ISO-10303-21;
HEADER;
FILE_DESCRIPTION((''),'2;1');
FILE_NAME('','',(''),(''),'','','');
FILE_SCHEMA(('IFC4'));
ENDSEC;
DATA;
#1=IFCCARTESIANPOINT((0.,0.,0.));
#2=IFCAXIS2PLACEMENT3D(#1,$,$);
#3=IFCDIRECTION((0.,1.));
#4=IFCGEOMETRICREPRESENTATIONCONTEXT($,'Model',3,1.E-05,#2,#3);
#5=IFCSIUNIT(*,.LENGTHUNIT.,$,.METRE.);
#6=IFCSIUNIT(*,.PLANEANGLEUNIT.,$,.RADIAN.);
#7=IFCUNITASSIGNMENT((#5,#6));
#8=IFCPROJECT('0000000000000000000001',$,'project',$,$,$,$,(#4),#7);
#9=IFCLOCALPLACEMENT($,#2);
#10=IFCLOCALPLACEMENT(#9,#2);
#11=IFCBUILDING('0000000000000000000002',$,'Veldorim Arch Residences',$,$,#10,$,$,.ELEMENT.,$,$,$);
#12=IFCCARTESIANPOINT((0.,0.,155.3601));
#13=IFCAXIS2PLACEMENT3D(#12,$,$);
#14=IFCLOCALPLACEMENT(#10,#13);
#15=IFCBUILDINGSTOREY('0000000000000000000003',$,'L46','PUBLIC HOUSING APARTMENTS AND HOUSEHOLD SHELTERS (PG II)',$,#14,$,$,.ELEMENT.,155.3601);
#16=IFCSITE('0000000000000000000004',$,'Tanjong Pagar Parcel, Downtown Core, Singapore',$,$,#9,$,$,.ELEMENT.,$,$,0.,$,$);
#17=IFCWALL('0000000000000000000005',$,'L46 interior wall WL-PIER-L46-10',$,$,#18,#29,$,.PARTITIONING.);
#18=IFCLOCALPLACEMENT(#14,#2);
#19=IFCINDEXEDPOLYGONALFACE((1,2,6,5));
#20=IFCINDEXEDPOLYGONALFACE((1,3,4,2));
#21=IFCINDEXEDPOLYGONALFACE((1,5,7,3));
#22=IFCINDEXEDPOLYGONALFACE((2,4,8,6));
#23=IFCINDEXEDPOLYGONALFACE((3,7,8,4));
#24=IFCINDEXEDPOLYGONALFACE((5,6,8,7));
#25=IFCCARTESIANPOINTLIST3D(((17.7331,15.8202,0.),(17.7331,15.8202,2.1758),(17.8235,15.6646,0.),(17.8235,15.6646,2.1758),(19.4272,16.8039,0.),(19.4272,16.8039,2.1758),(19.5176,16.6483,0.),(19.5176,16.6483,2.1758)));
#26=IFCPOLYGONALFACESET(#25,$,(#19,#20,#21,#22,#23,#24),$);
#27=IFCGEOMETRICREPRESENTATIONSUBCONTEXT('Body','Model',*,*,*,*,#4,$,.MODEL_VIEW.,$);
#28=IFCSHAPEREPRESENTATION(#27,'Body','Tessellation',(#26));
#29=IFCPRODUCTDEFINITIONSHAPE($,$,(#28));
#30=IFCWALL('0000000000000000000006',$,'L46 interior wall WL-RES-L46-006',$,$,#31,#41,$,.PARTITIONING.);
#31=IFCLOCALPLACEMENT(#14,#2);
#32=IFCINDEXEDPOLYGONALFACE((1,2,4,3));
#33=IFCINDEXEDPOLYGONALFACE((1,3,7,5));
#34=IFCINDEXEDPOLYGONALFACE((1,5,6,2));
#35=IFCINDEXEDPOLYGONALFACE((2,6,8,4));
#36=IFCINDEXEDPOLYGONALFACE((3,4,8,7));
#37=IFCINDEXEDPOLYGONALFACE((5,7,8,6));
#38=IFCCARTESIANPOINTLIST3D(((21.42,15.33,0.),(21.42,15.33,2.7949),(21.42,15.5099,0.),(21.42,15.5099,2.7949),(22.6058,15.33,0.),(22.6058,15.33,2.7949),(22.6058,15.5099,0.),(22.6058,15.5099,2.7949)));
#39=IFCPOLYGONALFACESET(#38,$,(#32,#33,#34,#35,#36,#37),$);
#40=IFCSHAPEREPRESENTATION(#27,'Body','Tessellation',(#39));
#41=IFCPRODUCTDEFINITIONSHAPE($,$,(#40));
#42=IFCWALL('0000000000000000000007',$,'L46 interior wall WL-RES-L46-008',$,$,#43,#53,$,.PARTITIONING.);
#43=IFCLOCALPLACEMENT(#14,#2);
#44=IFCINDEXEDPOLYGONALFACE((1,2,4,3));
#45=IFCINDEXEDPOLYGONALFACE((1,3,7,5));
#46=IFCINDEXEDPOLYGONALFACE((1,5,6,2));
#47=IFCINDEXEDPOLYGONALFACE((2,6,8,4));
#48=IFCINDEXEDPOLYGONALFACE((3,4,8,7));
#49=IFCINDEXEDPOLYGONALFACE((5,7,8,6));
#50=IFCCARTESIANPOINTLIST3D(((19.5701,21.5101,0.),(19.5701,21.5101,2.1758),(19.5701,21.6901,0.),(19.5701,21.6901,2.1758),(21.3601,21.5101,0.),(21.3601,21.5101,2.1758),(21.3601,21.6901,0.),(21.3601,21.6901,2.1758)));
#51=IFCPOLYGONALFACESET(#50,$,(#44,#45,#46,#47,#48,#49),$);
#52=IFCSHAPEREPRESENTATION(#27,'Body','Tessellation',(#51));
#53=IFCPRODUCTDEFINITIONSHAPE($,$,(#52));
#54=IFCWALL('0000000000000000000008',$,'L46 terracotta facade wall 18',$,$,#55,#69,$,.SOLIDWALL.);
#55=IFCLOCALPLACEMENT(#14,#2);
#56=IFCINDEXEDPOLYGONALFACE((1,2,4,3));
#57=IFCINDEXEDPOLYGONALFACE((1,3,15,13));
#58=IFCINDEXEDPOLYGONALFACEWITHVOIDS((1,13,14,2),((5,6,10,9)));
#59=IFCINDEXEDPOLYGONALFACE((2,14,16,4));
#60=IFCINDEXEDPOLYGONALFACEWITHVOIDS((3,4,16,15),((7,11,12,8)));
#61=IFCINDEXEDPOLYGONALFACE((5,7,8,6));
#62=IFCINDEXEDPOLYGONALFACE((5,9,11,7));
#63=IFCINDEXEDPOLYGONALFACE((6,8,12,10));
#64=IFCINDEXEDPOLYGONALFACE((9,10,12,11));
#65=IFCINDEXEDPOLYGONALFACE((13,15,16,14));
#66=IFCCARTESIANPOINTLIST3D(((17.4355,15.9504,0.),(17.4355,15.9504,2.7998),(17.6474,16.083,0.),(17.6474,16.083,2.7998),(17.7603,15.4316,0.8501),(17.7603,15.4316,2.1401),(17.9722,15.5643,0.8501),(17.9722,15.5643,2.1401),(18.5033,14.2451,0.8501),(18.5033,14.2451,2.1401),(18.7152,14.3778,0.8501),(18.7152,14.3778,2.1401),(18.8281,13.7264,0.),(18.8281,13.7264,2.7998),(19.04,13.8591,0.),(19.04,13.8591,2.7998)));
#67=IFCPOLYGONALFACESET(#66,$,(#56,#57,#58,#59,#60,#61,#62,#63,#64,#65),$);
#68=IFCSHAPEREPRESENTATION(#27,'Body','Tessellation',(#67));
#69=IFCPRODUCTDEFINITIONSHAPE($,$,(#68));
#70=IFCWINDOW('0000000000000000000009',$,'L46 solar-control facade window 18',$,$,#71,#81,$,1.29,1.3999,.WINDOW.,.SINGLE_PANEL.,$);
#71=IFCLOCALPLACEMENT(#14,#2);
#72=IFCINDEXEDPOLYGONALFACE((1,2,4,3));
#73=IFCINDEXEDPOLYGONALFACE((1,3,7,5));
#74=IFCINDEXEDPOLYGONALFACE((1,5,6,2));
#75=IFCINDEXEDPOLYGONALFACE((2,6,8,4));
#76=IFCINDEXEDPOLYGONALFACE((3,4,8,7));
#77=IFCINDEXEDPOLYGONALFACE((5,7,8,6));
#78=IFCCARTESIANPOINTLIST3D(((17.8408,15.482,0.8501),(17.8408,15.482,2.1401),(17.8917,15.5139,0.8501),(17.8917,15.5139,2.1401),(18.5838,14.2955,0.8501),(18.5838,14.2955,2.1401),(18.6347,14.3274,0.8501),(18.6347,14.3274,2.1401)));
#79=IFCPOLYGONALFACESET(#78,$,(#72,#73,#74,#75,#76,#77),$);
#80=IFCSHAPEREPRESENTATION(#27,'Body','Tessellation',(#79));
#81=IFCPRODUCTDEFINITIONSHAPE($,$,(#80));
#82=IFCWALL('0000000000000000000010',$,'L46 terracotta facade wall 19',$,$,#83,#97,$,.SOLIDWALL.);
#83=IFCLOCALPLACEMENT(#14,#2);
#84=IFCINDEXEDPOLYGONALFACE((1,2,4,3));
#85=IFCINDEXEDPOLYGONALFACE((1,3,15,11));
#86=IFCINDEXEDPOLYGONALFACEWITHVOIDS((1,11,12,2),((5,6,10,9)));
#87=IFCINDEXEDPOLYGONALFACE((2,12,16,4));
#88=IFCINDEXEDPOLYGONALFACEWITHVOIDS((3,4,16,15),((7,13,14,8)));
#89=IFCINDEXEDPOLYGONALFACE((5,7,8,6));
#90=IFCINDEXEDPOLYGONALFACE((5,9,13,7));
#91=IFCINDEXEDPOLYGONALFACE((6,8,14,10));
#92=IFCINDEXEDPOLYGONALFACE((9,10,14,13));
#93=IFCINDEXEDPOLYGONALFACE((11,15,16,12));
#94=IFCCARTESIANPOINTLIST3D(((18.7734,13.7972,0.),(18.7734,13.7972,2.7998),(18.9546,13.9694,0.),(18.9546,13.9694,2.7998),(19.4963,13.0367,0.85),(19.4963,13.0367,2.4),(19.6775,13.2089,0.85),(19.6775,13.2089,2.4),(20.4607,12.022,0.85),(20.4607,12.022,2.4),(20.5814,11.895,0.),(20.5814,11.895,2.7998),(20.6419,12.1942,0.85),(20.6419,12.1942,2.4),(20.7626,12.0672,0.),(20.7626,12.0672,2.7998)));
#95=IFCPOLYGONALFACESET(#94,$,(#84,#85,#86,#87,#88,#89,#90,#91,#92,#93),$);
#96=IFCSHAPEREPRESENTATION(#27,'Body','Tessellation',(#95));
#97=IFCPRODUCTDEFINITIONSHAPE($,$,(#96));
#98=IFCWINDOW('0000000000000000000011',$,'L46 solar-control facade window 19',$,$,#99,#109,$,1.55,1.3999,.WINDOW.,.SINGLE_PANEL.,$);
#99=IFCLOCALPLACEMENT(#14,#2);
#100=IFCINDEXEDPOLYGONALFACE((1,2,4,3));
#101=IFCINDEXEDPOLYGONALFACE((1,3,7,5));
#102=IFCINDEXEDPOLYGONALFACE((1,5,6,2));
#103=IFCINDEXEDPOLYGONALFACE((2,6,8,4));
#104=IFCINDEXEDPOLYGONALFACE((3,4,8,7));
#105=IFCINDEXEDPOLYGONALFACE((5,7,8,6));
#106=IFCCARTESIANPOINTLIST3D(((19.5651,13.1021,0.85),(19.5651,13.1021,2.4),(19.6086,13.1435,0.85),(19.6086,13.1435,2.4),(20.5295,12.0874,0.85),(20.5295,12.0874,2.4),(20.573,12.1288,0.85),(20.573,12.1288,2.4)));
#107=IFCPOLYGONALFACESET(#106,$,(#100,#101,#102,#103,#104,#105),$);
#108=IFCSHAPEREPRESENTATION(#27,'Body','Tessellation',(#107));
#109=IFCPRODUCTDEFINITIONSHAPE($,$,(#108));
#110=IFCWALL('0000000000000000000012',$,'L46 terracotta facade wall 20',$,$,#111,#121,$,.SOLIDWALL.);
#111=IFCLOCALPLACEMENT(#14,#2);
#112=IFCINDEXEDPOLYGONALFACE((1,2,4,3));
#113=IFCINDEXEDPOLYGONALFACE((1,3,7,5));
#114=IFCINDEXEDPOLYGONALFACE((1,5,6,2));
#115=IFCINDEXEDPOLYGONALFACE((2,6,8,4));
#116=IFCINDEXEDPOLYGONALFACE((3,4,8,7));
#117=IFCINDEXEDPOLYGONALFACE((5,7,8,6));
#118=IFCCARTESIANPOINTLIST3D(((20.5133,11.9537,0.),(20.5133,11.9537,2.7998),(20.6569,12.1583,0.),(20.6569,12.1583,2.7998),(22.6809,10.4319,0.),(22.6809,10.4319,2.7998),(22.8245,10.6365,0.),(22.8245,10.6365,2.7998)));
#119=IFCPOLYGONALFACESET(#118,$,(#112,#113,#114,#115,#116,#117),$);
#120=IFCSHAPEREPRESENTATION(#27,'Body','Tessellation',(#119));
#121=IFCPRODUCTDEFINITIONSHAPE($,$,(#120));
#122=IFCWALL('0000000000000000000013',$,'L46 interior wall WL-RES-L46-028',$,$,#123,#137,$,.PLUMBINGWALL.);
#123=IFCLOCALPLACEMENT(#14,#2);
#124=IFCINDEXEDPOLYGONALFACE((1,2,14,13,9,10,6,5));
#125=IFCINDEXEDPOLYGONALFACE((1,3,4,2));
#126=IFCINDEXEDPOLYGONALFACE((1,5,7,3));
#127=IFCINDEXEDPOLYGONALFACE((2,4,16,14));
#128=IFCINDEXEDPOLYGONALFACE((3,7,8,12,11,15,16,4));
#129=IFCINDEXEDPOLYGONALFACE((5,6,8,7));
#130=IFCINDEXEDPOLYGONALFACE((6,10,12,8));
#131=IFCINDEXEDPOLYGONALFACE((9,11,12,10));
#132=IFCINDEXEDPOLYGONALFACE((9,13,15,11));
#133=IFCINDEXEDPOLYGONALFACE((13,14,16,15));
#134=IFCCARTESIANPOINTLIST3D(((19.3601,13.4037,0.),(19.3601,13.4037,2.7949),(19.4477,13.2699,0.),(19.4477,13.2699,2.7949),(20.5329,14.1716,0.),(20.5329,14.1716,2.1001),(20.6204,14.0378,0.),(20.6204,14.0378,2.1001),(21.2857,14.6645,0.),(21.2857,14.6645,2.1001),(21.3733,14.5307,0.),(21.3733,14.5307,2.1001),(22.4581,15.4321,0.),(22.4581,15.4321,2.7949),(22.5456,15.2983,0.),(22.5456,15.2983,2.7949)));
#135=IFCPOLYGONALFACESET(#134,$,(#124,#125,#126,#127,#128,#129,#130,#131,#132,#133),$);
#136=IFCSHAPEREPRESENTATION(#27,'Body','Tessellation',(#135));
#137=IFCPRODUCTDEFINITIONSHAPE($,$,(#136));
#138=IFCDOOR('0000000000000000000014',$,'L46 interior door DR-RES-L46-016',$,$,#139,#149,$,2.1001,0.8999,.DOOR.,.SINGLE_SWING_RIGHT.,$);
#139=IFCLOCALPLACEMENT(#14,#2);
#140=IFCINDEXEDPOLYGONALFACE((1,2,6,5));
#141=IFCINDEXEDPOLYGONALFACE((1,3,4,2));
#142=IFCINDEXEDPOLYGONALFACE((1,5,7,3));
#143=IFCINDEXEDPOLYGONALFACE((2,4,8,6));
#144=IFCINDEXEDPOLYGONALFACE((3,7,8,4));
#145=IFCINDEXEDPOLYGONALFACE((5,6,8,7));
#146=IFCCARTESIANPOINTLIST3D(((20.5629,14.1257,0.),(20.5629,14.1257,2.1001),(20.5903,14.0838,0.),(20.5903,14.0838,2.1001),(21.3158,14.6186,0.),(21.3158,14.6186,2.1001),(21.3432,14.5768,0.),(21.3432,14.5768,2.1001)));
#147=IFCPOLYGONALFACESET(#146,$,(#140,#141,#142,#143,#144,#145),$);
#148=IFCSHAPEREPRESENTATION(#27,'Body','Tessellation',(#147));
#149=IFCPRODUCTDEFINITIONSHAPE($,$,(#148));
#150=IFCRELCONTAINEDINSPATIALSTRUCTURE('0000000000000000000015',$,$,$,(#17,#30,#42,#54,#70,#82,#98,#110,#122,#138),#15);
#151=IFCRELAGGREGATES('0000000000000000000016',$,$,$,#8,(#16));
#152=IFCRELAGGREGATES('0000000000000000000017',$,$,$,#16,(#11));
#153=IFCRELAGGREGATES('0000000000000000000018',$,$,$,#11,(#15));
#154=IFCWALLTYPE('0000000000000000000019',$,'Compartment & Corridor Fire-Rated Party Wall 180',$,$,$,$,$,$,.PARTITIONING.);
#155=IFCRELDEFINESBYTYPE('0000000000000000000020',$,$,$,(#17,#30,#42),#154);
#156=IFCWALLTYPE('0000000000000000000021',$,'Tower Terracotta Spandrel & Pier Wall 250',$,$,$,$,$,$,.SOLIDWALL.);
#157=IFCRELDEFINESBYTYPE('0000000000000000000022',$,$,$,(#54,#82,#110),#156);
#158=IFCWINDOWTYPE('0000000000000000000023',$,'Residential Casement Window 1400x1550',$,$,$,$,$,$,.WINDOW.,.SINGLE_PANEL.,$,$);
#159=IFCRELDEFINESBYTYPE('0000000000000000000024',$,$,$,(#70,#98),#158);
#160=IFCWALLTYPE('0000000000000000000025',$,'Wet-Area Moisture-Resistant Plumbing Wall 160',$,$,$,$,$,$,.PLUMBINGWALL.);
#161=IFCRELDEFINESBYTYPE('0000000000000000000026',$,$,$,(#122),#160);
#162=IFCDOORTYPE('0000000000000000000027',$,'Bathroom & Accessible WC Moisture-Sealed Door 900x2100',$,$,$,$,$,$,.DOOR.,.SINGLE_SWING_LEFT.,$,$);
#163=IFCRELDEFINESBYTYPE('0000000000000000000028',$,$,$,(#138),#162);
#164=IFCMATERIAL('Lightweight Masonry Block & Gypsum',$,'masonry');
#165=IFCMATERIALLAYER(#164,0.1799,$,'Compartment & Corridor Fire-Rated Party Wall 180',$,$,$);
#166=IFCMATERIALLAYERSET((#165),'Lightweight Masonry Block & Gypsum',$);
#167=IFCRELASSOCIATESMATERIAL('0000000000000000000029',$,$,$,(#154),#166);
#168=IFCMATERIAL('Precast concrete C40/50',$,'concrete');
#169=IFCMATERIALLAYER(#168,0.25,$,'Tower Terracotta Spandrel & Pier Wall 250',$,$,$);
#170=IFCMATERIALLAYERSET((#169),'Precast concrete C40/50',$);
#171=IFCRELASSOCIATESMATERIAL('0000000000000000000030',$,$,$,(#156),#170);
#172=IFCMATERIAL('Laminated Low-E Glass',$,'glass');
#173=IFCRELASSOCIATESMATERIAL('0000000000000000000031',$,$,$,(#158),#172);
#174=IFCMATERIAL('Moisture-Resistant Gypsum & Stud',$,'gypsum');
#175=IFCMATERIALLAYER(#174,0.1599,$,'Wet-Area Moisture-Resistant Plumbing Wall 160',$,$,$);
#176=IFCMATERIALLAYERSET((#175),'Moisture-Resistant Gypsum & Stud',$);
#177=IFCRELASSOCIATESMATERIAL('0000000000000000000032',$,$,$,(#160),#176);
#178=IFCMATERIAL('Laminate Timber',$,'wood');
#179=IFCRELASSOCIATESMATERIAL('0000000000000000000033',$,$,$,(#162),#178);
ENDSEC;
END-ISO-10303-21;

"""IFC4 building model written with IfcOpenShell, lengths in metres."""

from ifc_helpers import new_model, si_unit, direction, frame, frame_2d, origin, place, context, subcontext, project, spatial, rectangle, extrude, material, layer, layer_set, type_object, element, fill, save


model = new_model("IFC4")

# Units and contexts
model_context = context("Model", 3, precision=1e-05, world=origin(), true_north=direction((0.0, 1.0)))
body_context = subcontext(model_context, "Body", "Model", "MODEL_VIEW")
ifc_project = project(units=[si_unit("LENGTHUNIT", "METRE"), si_unit("PLANEANGLEUNIT", "RADIAN")], contexts=[model_context])

# Site, building, storey
site_placement = place(None, origin())
site = spatial("IfcSite", under=ifc_project, at=site_placement, Name="Tanjong Pagar Parcel, Downtown Core, Singapore", CompositionType="ELEMENT", RefElevation=0.0)
building_placement = place(site_placement, origin())
building = spatial("IfcBuilding", under=site, at=building_placement, Name="Veldorim Arch Residences", CompositionType="ELEMENT")
storey_placement = place(building_placement, frame((0.0, 0.0, 155.3601)))
storey = spatial("IfcBuildingStorey", under=building, at=storey_placement, Name="L46", Description="PUBLIC HOUSING APARTMENTS AND HOUSEHOLD SHELTERS (PG II)", CompositionType="ELEMENT", Elevation=155.3601)

# Walls
ifc_material_1 = material(Name="Lightweight Masonry Block & Gypsum", Category="masonry")
ifc_layer_1 = layer(ifc_material_1, 0.1799, Name="Compartment & Corridor Fire-Rated Party Wall 180")
ifc_layer_set_1 = layer_set([ifc_layer_1], Name="Lightweight Masonry Block & Gypsum")
wall_type_1 = type_object("IfcWallType", Name="Compartment & Corridor Fire-Rated Party Wall 180", PredefinedType="PARTITIONING", material=ifc_layer_set_1)
wall_1_placement = place(storey_placement, frame((19.4724, 16.7261, 0.0), z_axis=(0.0, 0.0, 1.0), x_axis=(-0.864794, -0.502126, 0.0)))
element("IfcWall", 1, at=wall_1_placement, inside=storey, type_object=wall_type_1, Name="L46 interior wall WL-PIER-L46-10", PredefinedType="PARTITIONING", context=body_context, shape_type="SweptSolid", body=[
    extrude(rectangle(XDim=1.959, YDim=0.1799, at=frame_2d((0.9795, 0.0))), origin(), (0.0, 0.0, 1.0), 2.1758),
])
wall_2_placement = place(storey_placement, frame((22.6057, 15.4199, 0.0), z_axis=(0.0, 0.0, 1.0), x_axis=(-1.0, 0.0, 0.0)))
element("IfcWall", 2, at=wall_2_placement, inside=storey, type_object=wall_type_1, Name="L46 interior wall WL-RES-L46-006", PredefinedType="PARTITIONING", context=body_context, shape_type="SweptSolid", body=[
    extrude(rectangle(XDim=1.1858, YDim=0.1799, at=frame_2d((0.5928, 0.0))), origin(), (0.0, 0.0, 1.0), 2.7949),
])

# Wall
wall_3_placement = place(storey_placement, frame((21.3601, 21.6001, 0.0), z_axis=(0.0, 0.0, 1.0), x_axis=(-1.0, 0.0, 0.0)))
element("IfcWall", 3, at=wall_3_placement, inside=storey, type_object=wall_type_1, Name="L46 interior wall WL-RES-L46-008", PredefinedType="PARTITIONING", context=body_context, shape_type="SweptSolid", body=[
    extrude(rectangle(XDim=1.79, YDim=0.1799, at=frame_2d((0.895, 0.0))), origin(), (0.0, 0.0, 1.0), 2.1758),
])

# Walls, openings, windows
ifc_material_2 = material(Name="Precast concrete C40/50", Category="concrete")
ifc_layer_2 = layer(ifc_material_2, 0.25, Name="Tower Terracotta Spandrel & Pier Wall 250")
ifc_layer_set_2 = layer_set([ifc_layer_2], Name="Precast concrete C40/50")
wall_type_2 = type_object("IfcWallType", Name="Tower Terracotta Spandrel & Pier Wall 250", PredefinedType="SOLIDWALL", material=ifc_layer_set_2)
wall_4_placement = place(storey_placement, frame((18.9341, 13.7927, 0.0), z_axis=(0.0, 0.0, 1.0), x_axis=(-0.530726, 0.847543, 0.0)))
wall_4 = element("IfcWall", 4, at=wall_4_placement, inside=storey, type_object=wall_type_2, Name="L46 terracotta facade wall 18", PredefinedType="SOLIDWALL", context=body_context, shape_type="SweptSolid", body=[
    extrude(rectangle(XDim=2.624, YDim=0.25, at=frame_2d((1.312, 0.0))), origin(), (0.0, 0.0, 1.0), 2.7998),
])
opening_1_placement = place(wall_4_placement, frame((0.6121, 0.0, 0.8501)))
opening_1 = element("IfcOpeningElement", 5, at=opening_1_placement, cuts=wall_4, PredefinedType="OPENING", context=body_context, shape_type="SweptSolid", body=[
    extrude(rectangle(XDim=1.3999, YDim=1.29, at=frame_2d((0.7, 0.645))), frame((0.0, 0.135, 0.0), z_axis=(0.0, -1.0, 0.0), x_axis=(1.0, 0.0, 0.0)), (0.0, 0.0, 1.0), 0.27),
])
ifc_material_3 = material(Name="Laminated Low-E Glass", Category="glass")
window_type = type_object("IfcWindowType", Name="Residential Casement Window 1400x1550", PartitioningType="SINGLE_PANEL", PredefinedType="WINDOW", material=ifc_material_3)
window_1_placement = place(opening_1_placement, origin())
window_1 = element("IfcWindow", 6, at=window_1_placement, inside=storey, type_object=window_type, Name="L46 solar-control facade window 18", OverallHeight=1.29, OverallWidth=1.3999, PartitioningType="SINGLE_PANEL", PredefinedType="WINDOW", context=body_context, shape_type="SweptSolid", body=[
    extrude(rectangle(XDim=1.3999, YDim=1.29, at=frame_2d((0.7, 0.645))), frame((0.0, 0.03, 0.0), z_axis=(0.0, -1.0, 0.0), x_axis=(1.0, 0.0, 0.0)), (0.0, 0.0, 1.0), 0.0601),
])
fill(opening_1, window_1)
wall_5_placement = place(storey_placement, frame((20.6719, 11.9812, 0.0), z_axis=(0.0, 0.0, 1.0), x_axis=(-0.688923, 0.724834, 0.0)))
wall_5 = element("IfcWall", 7, at=wall_5_placement, inside=storey, type_object=wall_type_2, Name="L46 terracotta facade wall 19", PredefinedType="SOLIDWALL", context=body_context, shape_type="SweptSolid", body=[
    extrude(rectangle(XDim=2.6243, YDim=0.25, at=frame_2d((1.312, 0.0))), origin(), (0.0, 0.0, 1.0), 2.7998),
])
opening_2_placement = place(wall_5_placement, frame((0.175, 0.0, 0.8501)))
opening_2 = element("IfcOpeningElement", 8, at=opening_2_placement, cuts=wall_5, PredefinedType="OPENING", context=body_context, shape_type="SweptSolid", body=[
    extrude(rectangle(XDim=1.3999, YDim=1.55, at=frame_2d((0.7, 0.7749))), frame((0.0, 0.135, 0.0), z_axis=(0.0, -1.0, 0.0), x_axis=(1.0, 0.0, 0.0)), (0.0, 0.0, 1.0), 0.27),
])
window_2_placement = place(opening_2_placement, origin())
window_2 = element("IfcWindow", 9, at=window_2_placement, inside=storey, type_object=window_type, Name="L46 solar-control facade window 19", OverallHeight=1.55, OverallWidth=1.3999, PartitioningType="SINGLE_PANEL", PredefinedType="WINDOW", context=body_context, shape_type="SweptSolid", body=[
    extrude(rectangle(XDim=1.3999, YDim=1.55, at=frame_2d((0.7, 0.7749))), frame((0.0, 0.03, 0.0), z_axis=(0.0, -1.0, 0.0), x_axis=(1.0, 0.0, 0.0)), (0.0, 0.0, 1.0), 0.0601),
])
fill(opening_2, window_2)

# Wall
wall_6_placement = place(storey_placement, frame((22.7527, 10.5342, 0.0), z_axis=(0.0, 0.0, 1.0), x_axis=(-0.818434, 0.5746, 0.0)))
element("IfcWall", 10, at=wall_6_placement, inside=storey, type_object=wall_type_2, Name="L46 terracotta facade wall 20", PredefinedType="SOLIDWALL", context=body_context, shape_type="SweptSolid", body=[
    extrude(rectangle(XDim=2.6484, YDim=0.25, at=frame_2d((1.3242, 0.0))), origin(), (0.0, 0.0, 1.0), 2.7998),
])

# Wall, opening, door
ifc_material_4 = material(Name="Moisture-Resistant Gypsum & Stud", Category="gypsum")
ifc_layer_3 = layer(ifc_material_4, 0.1599, Name="Wet-Area Moisture-Resistant Plumbing Wall 160")
ifc_layer_set_3 = layer_set([ifc_layer_3], Name="Moisture-Resistant Gypsum & Stud")
wall_type_3 = type_object("IfcWallType", Name="Wet-Area Moisture-Resistant Plumbing Wall 160", PredefinedType="PLUMBINGWALL", material=ifc_layer_set_3)
wall_7_placement = place(storey_placement, frame((22.502, 15.3652, 0.0), z_axis=(0.0, 0.0, 1.0), x_axis=(-0.836627, -0.547773, 0.0)))
wall_7 = element("IfcWall", 11, at=wall_7_placement, inside=storey, type_object=wall_type_3, Name="L46 interior wall WL-RES-L46-028", PredefinedType="PLUMBINGWALL", context=body_context, shape_type="SweptSolid", body=[
    extrude(rectangle(XDim=3.7029, YDim=0.1599, at=frame_2d((1.8516, 0.0))), origin(), (0.0, 0.0, 1.0), 2.7949),
])
opening_3_placement = place(wall_7_placement, frame((1.4014, 0.0, 0.0)))
opening_3 = element("IfcOpeningElement", 12, at=opening_3_placement, cuts=wall_7, PredefinedType="OPENING", context=body_context, shape_type="SweptSolid", body=[
    extrude(rectangle(XDim=0.8999, YDim=2.1001, at=frame_2d((0.45, 1.05))), frame((0.0, 0.0898, 0.0), z_axis=(0.0, -1.0, 0.0), x_axis=(1.0, 0.0, 0.0)), (0.0, 0.0, 1.0), 0.1799),
])
ifc_material_5 = material(Name="Laminate Timber", Category="wood")
door_type_1 = type_object("IfcDoorType", Name="Bathroom & Accessible WC Moisture-Sealed Door 900x2100", OperationType="SINGLE_SWING_LEFT", PredefinedType="DOOR", material=ifc_material_5)
door_1_placement = place(opening_3_placement, origin())
door_1 = element("IfcDoor", 13, at=door_1_placement, inside=storey, type_object=door_type_1, Name="L46 interior door DR-RES-L46-016", OperationType="SINGLE_SWING_RIGHT", OverallHeight=2.1001, OverallWidth=0.8999, PredefinedType="DOOR", context=body_context, shape_type="SweptSolid", body=[
    extrude(rectangle(XDim=0.8999, YDim=2.1001, at=frame_2d((0.45, 1.05))), frame((0.0, 0.0249, 0.0), z_axis=(0.0, -1.0, 0.0), x_axis=(1.0, 0.0, 0.0)), (0.0, 0.0, 1.0), 0.05),
])
fill(opening_3, door_1)

save(model, "model.ifc")
